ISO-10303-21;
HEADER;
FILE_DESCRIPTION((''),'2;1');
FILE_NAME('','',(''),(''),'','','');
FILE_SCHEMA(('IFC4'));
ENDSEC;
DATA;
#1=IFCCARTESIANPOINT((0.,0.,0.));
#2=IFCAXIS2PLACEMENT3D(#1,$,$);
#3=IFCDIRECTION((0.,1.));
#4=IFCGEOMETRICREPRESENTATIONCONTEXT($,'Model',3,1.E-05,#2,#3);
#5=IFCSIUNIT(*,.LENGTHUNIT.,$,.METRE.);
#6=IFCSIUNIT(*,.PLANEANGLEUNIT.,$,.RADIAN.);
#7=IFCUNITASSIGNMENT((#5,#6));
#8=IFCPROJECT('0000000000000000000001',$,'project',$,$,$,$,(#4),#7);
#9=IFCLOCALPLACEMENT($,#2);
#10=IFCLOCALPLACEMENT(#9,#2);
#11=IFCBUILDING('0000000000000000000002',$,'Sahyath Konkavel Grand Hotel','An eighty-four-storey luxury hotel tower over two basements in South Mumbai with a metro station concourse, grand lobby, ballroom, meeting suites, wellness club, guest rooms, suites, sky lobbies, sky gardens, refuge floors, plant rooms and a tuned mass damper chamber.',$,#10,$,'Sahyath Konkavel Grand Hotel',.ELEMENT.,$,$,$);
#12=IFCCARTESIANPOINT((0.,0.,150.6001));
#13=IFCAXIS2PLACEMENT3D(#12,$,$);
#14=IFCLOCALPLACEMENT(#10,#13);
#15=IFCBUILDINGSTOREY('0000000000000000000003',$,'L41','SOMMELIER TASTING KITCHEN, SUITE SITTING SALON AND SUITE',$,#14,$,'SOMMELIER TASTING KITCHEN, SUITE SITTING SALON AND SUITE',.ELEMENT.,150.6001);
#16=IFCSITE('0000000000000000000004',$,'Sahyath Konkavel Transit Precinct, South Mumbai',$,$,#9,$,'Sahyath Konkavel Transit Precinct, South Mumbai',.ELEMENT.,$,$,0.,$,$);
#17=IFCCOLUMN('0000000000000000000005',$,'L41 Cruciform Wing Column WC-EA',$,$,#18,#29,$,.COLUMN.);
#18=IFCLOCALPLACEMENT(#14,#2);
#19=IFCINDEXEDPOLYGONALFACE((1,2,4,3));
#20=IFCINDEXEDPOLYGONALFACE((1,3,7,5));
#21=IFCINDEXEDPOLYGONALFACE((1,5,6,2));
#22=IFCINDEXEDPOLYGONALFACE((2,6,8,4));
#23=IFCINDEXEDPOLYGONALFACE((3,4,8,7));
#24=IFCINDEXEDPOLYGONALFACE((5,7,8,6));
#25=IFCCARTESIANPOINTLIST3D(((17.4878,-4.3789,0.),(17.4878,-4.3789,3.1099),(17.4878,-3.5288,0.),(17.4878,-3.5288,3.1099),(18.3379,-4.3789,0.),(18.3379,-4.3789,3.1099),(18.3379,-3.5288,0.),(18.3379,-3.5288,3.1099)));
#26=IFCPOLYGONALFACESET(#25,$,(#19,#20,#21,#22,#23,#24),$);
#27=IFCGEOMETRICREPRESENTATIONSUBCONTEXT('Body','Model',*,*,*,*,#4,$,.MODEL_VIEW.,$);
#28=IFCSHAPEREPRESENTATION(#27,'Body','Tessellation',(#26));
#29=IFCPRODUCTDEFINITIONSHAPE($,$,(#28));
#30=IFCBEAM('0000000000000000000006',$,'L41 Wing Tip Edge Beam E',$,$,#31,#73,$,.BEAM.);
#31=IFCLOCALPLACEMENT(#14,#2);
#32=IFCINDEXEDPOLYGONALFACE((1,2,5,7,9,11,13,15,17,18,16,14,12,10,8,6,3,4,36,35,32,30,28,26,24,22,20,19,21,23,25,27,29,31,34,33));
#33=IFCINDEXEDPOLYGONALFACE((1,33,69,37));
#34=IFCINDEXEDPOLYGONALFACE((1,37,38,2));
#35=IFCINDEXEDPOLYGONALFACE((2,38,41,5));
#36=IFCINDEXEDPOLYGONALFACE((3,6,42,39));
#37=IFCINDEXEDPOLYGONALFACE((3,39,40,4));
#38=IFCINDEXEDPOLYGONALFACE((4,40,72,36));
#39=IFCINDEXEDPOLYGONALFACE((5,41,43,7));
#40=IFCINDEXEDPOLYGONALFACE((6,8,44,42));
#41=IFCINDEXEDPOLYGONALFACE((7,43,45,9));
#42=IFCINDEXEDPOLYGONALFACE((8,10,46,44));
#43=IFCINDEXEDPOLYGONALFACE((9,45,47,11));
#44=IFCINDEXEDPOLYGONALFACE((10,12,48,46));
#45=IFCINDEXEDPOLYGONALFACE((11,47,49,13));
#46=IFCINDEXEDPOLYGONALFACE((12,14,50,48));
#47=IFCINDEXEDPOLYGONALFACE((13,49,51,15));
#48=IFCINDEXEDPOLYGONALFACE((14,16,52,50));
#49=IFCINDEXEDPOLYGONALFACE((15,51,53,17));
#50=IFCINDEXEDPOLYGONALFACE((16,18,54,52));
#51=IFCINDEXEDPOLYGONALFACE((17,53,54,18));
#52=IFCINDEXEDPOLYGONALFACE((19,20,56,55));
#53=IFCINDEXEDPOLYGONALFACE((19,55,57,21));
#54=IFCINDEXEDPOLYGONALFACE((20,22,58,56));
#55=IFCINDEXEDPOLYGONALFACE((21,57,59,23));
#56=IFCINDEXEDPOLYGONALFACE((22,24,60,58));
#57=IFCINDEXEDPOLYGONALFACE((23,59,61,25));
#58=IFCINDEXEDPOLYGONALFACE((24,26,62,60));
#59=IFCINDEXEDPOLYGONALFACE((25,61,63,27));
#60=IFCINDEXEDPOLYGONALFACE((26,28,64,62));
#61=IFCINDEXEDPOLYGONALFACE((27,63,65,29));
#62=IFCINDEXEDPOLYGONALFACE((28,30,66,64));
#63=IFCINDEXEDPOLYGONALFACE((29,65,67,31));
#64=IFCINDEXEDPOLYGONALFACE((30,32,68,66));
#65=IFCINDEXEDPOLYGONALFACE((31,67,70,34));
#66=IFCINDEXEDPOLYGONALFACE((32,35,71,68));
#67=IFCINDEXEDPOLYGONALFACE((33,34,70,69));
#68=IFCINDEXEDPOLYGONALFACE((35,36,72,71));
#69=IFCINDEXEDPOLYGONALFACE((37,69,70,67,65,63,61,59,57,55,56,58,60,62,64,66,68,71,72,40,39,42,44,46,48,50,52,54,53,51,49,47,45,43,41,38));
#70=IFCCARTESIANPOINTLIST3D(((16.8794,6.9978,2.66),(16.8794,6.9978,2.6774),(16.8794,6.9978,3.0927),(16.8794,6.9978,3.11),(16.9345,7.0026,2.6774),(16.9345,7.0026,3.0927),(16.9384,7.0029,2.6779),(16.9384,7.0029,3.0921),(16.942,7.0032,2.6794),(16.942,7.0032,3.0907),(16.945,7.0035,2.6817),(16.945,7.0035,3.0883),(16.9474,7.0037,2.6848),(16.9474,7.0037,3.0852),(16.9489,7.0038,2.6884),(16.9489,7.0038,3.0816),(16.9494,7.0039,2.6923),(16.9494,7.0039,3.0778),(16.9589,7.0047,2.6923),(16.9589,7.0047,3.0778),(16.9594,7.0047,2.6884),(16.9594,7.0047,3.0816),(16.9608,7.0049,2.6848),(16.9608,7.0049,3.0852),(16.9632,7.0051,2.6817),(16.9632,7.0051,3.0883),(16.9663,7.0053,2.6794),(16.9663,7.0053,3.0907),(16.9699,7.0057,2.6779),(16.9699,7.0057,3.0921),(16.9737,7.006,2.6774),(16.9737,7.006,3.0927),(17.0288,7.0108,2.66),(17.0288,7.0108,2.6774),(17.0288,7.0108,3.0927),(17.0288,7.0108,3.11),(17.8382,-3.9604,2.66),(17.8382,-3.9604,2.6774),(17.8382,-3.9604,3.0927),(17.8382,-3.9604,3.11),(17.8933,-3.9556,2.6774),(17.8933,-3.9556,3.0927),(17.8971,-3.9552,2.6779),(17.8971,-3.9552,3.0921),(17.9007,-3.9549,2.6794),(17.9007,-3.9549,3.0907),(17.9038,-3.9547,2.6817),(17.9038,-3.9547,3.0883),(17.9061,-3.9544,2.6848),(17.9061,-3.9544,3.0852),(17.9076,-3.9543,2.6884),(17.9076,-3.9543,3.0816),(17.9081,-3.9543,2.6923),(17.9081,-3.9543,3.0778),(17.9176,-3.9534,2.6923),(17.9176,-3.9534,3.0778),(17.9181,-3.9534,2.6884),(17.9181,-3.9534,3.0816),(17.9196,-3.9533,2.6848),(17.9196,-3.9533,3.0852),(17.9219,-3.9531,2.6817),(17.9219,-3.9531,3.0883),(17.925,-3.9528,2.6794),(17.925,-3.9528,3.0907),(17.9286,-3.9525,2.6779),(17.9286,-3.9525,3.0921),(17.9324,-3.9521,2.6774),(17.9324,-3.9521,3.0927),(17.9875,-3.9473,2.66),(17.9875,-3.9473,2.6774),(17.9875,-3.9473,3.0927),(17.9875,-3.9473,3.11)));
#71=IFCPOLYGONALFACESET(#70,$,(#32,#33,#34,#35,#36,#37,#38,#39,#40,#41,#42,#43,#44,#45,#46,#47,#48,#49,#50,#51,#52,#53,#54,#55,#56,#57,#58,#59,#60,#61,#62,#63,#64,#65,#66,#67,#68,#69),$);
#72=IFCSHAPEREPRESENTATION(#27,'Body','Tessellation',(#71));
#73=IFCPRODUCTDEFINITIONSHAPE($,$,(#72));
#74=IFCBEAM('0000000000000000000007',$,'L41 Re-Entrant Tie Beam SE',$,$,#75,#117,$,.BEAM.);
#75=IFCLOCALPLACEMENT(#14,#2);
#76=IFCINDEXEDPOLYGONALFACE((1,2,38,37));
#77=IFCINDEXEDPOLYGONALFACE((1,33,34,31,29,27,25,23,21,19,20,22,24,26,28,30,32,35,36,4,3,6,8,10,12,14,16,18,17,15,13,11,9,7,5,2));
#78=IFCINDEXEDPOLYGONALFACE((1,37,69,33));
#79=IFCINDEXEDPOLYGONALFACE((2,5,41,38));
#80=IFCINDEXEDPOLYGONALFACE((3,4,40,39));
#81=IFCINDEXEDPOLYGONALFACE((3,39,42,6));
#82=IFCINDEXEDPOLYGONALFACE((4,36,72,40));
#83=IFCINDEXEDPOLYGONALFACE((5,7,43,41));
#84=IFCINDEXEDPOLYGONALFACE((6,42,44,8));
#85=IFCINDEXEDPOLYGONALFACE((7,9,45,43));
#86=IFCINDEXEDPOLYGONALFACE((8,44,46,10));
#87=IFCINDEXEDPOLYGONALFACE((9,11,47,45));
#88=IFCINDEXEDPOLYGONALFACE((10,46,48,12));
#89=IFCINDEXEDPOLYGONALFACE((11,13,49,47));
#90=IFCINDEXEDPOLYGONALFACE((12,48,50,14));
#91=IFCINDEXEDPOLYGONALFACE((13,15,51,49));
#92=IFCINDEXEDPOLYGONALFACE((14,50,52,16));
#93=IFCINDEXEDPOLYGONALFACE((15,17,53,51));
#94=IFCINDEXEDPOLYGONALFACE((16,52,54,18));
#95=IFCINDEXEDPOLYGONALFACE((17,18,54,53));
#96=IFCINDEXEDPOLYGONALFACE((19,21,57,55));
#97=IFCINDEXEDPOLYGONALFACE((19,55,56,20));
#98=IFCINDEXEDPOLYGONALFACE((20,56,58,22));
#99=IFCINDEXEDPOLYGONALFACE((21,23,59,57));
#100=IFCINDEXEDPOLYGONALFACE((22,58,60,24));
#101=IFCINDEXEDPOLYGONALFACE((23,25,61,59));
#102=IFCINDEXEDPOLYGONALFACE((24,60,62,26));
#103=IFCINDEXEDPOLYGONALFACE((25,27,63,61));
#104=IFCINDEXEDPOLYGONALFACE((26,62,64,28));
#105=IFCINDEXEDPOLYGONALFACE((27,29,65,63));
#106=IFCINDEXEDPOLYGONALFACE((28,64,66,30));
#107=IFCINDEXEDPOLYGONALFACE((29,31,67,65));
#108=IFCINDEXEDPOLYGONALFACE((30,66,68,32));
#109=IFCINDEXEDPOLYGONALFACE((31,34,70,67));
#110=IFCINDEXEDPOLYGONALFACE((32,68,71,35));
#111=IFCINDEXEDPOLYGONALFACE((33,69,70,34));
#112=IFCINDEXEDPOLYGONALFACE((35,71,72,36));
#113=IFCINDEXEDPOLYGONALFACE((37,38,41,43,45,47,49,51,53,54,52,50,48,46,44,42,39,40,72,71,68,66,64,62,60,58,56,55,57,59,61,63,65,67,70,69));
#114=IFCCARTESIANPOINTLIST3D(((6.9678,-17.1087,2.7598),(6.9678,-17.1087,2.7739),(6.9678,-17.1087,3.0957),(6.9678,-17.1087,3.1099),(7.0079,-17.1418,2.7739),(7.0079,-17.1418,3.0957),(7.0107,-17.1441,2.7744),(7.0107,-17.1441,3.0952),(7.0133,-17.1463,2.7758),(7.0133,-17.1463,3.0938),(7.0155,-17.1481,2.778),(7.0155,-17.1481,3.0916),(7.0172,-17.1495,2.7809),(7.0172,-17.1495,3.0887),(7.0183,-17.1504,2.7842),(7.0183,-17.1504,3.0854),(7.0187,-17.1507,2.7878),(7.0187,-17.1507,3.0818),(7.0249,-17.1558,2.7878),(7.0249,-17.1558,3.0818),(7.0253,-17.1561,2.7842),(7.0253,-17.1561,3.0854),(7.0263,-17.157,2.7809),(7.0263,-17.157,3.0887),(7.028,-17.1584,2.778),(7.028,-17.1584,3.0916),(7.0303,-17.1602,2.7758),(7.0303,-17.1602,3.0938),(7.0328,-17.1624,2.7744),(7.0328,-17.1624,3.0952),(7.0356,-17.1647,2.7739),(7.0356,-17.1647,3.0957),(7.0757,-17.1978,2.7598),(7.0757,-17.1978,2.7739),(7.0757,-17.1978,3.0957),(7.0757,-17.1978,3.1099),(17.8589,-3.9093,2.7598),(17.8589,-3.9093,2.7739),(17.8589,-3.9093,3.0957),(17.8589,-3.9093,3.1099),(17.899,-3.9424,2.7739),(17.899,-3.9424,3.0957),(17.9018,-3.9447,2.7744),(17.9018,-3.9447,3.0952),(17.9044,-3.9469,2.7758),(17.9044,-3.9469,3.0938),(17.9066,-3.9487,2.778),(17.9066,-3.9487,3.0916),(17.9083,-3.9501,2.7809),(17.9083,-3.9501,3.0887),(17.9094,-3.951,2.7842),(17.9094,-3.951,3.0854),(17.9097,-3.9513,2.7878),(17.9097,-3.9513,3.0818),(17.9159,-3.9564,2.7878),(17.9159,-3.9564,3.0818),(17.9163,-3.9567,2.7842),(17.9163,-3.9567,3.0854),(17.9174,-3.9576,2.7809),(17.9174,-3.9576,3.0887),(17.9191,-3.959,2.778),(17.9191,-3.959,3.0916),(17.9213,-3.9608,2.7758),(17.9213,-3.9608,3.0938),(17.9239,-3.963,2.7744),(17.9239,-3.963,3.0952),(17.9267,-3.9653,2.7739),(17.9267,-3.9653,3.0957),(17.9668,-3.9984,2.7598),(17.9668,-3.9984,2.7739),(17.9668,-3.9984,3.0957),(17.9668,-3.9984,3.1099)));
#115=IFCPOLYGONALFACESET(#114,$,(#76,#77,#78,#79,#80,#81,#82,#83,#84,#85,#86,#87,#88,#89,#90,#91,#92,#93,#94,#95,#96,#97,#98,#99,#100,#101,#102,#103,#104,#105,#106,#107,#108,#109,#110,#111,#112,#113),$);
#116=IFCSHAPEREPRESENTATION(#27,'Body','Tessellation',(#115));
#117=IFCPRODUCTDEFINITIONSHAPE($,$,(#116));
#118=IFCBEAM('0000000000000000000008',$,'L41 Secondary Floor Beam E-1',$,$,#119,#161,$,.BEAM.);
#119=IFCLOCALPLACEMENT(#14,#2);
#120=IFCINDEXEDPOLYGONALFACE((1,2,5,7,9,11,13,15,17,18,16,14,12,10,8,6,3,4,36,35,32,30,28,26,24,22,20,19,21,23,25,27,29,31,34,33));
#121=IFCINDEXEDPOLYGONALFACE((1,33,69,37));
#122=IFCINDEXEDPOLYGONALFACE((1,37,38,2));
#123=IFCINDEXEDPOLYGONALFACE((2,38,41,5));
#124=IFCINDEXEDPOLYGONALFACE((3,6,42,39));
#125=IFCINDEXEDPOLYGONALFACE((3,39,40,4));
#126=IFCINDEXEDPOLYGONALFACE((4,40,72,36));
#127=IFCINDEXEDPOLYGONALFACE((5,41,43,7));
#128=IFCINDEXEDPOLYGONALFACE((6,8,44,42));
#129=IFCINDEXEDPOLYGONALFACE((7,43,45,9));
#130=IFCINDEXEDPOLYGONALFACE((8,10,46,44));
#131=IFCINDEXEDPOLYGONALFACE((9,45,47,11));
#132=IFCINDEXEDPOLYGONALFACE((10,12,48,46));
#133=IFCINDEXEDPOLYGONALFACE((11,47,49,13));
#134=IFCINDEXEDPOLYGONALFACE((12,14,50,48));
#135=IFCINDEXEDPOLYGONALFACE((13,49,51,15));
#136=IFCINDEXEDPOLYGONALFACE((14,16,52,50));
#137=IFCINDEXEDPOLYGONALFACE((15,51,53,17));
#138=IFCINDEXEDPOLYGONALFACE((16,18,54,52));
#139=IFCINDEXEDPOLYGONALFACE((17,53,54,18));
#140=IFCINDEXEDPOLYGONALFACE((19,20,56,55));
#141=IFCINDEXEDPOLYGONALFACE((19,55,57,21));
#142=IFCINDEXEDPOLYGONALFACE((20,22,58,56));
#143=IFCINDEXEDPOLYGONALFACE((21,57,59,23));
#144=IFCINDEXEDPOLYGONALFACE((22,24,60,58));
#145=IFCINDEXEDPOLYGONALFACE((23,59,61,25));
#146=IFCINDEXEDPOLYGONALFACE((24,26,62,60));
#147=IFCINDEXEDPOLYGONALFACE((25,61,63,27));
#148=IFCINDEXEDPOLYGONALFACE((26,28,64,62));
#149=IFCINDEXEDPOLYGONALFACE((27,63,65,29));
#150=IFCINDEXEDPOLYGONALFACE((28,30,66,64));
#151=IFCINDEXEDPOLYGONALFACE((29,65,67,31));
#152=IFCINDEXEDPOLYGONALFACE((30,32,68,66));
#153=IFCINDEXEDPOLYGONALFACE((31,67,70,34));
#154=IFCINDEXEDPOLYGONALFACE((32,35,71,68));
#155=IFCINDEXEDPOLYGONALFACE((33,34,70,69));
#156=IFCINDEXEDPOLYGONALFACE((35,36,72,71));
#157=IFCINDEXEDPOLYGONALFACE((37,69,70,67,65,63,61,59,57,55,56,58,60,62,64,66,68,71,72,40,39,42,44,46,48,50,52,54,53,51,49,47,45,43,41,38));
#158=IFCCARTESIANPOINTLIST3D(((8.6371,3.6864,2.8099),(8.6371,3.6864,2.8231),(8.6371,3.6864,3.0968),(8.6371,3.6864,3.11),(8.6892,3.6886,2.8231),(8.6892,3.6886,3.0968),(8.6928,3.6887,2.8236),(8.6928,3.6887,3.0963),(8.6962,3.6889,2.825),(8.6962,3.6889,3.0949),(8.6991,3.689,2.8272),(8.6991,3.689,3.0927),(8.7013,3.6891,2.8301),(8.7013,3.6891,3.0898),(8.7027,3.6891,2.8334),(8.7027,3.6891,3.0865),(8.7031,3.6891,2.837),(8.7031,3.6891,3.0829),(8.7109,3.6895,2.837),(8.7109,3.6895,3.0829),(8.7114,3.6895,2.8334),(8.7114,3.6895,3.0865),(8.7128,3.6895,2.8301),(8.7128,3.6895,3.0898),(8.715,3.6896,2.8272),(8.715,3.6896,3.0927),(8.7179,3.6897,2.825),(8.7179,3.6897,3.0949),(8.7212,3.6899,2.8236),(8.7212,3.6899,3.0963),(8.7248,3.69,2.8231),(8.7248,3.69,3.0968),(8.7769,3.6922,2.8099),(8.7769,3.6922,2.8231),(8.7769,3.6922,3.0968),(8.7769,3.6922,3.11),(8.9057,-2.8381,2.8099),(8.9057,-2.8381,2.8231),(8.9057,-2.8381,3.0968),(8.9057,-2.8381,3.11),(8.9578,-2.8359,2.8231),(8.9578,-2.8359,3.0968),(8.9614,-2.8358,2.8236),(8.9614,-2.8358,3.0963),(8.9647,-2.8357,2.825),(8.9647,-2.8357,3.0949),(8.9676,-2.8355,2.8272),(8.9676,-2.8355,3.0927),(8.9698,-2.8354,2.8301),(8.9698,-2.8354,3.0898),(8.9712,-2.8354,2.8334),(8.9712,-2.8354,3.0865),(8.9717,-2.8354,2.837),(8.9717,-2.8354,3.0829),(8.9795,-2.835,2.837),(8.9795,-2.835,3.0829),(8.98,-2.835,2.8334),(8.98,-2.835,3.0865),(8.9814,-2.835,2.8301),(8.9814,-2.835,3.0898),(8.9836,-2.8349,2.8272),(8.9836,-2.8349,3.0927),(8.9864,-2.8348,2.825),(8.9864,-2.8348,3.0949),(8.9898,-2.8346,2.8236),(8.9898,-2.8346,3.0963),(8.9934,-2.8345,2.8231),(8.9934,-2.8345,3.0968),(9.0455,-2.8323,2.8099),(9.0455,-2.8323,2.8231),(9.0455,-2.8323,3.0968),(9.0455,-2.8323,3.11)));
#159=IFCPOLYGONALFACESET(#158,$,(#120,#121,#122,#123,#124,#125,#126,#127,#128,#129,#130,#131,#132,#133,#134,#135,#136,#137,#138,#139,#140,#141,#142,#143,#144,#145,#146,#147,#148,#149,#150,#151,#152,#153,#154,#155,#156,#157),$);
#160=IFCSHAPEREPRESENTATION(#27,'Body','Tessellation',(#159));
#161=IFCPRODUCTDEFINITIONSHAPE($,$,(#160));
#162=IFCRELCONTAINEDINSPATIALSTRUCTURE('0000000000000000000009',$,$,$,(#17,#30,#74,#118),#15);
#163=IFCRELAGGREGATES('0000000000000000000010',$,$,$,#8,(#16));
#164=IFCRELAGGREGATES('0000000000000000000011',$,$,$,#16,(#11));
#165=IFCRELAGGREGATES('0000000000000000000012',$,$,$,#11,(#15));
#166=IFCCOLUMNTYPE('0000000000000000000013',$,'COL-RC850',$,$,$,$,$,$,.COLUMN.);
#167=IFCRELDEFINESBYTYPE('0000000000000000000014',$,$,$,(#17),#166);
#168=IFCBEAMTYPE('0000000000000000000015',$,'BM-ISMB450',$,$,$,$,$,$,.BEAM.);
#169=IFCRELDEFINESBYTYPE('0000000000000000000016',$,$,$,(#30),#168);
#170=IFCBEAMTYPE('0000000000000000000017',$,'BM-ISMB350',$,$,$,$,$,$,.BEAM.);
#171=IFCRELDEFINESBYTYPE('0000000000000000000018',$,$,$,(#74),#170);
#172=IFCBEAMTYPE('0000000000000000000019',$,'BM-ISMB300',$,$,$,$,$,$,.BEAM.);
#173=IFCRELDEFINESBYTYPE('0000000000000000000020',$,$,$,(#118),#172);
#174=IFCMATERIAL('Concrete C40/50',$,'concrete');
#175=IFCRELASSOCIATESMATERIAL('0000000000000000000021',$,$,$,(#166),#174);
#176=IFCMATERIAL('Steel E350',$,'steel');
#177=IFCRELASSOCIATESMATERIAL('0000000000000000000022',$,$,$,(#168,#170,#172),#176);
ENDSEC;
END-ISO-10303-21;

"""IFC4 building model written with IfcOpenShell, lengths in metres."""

from ifc_helpers import new_model, si_unit, direction, frame, origin, origin_2d, place, context, subcontext, project, spatial, rectangle, i_section, extrude, source, transform, mapped, material, material_profile, profile_set, type_object, element, save


model = new_model("IFC4")

# Units and contexts
model_context = context("Model", 3, precision=1e-05, world=origin(), true_north=direction((0.0, 1.0)))
body_context = subcontext(model_context, "Body", "Model", "MODEL_VIEW")
ifc_project = project(units=[si_unit("LENGTHUNIT", "METRE"), si_unit("PLANEANGLEUNIT", "RADIAN")], contexts=[model_context])

# Site, building, storey
site_placement = place(None, origin())
site = spatial("IfcSite", under=ifc_project, at=site_placement, Name="Sahyath Konkavel Transit Precinct, South Mumbai", LongName="Sahyath Konkavel Transit Precinct, South Mumbai", CompositionType="ELEMENT", RefElevation=0.0)
building_placement = place(site_placement, origin())
building = spatial("IfcBuilding", under=site, at=building_placement, Name="Sahyath Konkavel Grand Hotel", Description="An eighty-four-storey luxury hotel tower over two basements in South Mumbai with a metro station concourse, grand lobby, ballroom, meeting suites, wellness club, guest rooms, suites, sky lobbies, sky gardens, refuge floors, plant rooms and a tuned mass damper chamber.", LongName="Sahyath Konkavel Grand Hotel", CompositionType="ELEMENT")
storey_placement = place(building_placement, frame((0.0, 0.0, 150.6001)))
storey = spatial("IfcBuildingStorey", under=building, at=storey_placement, Name="L41", Description="SOMMELIER TASTING KITCHEN, SUITE SITTING SALON AND SUITE", LongName="SOMMELIER TASTING KITCHEN, SUITE SITTING SALON AND SUITE", CompositionType="ELEMENT", Elevation=150.6001)

# Column
ifc_material_1 = material(Name="Concrete C40/50", Category="concrete")
ifc_material_profile_1 = material_profile(ifc_material_1, rectangle(XDim=0.8501, YDim=0.8501, at=origin_2d()), Name="RC 850x850")
ifc_profile_set_1 = profile_set([ifc_material_profile_1], Name="Concrete C40/50")
column_type = type_object("IfcColumnType", Name="COL-RC850", PredefinedType="COLUMN", material=ifc_profile_set_1)
shared_shape_1 = source(origin(), body_context, "Body", "SweptSolid", [
    extrude(rectangle(XDim=0.8501, YDim=0.8501, at=origin_2d()), origin(), (0.0, 0.0, 1.0), 3.1099),
])
column_placement = place(storey_placement, frame((17.9128, -3.9539, 0.0), z_axis=(0.0, 0.0, 1.0), x_axis=(1.0, 0.0, 0.0)))
element("IfcColumn", 1, at=column_placement, inside=storey, type_object=column_type, Name="L41 Cruciform Wing Column WC-EA", PredefinedType="COLUMN", context=body_context, shape_type="MappedRepresentation", body=[
    mapped(shared_shape_1, transform((0.0, 0.0, 0.0), scale=1.0)),
])

# Beams
ifc_material_2 = material(Name="Steel E350", Category="steel")
ifc_material_profile_2 = material_profile(ifc_material_2, i_section(OverallWidth=0.1499, OverallDepth=0.45, WebThickness=0.0095, FlangeThickness=0.0173, FilletRadius=0.0149, at=origin_2d()), Name="ISMB 450")
ifc_profile_set_2 = profile_set([ifc_material_profile_2], Name="Steel E350")
beam_type_1 = type_object("IfcBeamType", Name="BM-ISMB450", PredefinedType="BEAM", material=ifc_profile_set_2)
shared_shape_2 = source(origin(), body_context, "Body", "SweptSolid", [
    extrude(i_section(OverallWidth=0.1499, OverallDepth=0.45, WebThickness=0.0095, FlangeThickness=0.0173, FilletRadius=0.0149, at=origin_2d()), origin(), (0.0, 0.0, 1.0), 11.0),
])
beam_1_placement = place(storey_placement, frame((17.9128, -3.9539, 2.885), z_axis=(-0.087157, 0.996195, 0.0), x_axis=(-0.996195, -0.087157, 0.0)))
element("IfcBeam", 2, at=beam_1_placement, inside=storey, type_object=beam_type_1, Name="L41 Wing Tip Edge Beam E", PredefinedType="BEAM", context=body_context, shape_type="MappedRepresentation", body=[
    mapped(shared_shape_2, transform((0.0, 0.0, 0.0), scale=1.0)),
])
ifc_material_profile_3 = material_profile(ifc_material_2, i_section(OverallWidth=0.1399, OverallDepth=0.3501, WebThickness=0.0081, FlangeThickness=0.0142, FilletRadius=0.0139, at=origin_2d()), Name="ISMB 350")
ifc_profile_set_3 = profile_set([ifc_material_profile_3], Name="Steel E350")
beam_type_2 = type_object("IfcBeamType", Name="BM-ISMB350", PredefinedType="BEAM", material=ifc_profile_set_3)
shared_shape_3 = source(origin(), body_context, "Body", "SweptSolid", [
    extrude(i_section(OverallWidth=0.1399, OverallDepth=0.3501, WebThickness=0.0081, FlangeThickness=0.0142, FilletRadius=0.0139, at=origin_2d()), origin(), (0.0, 0.0, 1.0), 17.1125),
])
beam_2_placement = place(storey_placement, frame((17.9128, -3.9539, 2.9348), z_axis=(-0.636437, -0.771329, 0.0), x_axis=(0.771329, -0.636437, 0.0)))
element("IfcBeam", 3, at=beam_2_placement, inside=storey, type_object=beam_type_2, Name="L41 Re-Entrant Tie Beam SE", PredefinedType="BEAM", context=body_context, shape_type="MappedRepresentation", body=[
    mapped(shared_shape_3, transform((0.0, 0.0, 0.0), scale=1.0)),
])
ifc_material_profile_4 = material_profile(ifc_material_2, i_section(OverallWidth=0.1399, OverallDepth=0.3, WebThickness=0.0078, FlangeThickness=0.0132, FilletRadius=0.0139, at=origin_2d()), Name="ISMB 300")
ifc_profile_set_4 = profile_set([ifc_material_profile_4], Name="Steel E350")
beam_type_3 = type_object("IfcBeamType", Name="BM-ISMB300", PredefinedType="BEAM", material=ifc_profile_set_4)
shared_shape_4 = source(origin(), body_context, "Body", "SweptSolid", [
    extrude(i_section(OverallWidth=0.1399, OverallDepth=0.3, WebThickness=0.0078, FlangeThickness=0.0132, FilletRadius=0.0139, at=origin_2d()), origin(), (0.0, 0.0, 1.0), 6.53),
])
beam_3_placement = place(storey_placement, frame((8.9756, -2.8352, 2.96), z_axis=(-0.041127, 0.999154, 0.0), x_axis=(-0.999154, -0.041127, 0.0)))
element("IfcBeam", 4, at=beam_3_placement, inside=storey, type_object=beam_type_3, Name="L41 Secondary Floor Beam E-1", PredefinedType="BEAM", context=body_context, shape_type="MappedRepresentation", body=[
    mapped(shared_shape_4, transform((0.0, 0.0, 0.0), scale=1.0)),
])

save(model, "model.ifc")
